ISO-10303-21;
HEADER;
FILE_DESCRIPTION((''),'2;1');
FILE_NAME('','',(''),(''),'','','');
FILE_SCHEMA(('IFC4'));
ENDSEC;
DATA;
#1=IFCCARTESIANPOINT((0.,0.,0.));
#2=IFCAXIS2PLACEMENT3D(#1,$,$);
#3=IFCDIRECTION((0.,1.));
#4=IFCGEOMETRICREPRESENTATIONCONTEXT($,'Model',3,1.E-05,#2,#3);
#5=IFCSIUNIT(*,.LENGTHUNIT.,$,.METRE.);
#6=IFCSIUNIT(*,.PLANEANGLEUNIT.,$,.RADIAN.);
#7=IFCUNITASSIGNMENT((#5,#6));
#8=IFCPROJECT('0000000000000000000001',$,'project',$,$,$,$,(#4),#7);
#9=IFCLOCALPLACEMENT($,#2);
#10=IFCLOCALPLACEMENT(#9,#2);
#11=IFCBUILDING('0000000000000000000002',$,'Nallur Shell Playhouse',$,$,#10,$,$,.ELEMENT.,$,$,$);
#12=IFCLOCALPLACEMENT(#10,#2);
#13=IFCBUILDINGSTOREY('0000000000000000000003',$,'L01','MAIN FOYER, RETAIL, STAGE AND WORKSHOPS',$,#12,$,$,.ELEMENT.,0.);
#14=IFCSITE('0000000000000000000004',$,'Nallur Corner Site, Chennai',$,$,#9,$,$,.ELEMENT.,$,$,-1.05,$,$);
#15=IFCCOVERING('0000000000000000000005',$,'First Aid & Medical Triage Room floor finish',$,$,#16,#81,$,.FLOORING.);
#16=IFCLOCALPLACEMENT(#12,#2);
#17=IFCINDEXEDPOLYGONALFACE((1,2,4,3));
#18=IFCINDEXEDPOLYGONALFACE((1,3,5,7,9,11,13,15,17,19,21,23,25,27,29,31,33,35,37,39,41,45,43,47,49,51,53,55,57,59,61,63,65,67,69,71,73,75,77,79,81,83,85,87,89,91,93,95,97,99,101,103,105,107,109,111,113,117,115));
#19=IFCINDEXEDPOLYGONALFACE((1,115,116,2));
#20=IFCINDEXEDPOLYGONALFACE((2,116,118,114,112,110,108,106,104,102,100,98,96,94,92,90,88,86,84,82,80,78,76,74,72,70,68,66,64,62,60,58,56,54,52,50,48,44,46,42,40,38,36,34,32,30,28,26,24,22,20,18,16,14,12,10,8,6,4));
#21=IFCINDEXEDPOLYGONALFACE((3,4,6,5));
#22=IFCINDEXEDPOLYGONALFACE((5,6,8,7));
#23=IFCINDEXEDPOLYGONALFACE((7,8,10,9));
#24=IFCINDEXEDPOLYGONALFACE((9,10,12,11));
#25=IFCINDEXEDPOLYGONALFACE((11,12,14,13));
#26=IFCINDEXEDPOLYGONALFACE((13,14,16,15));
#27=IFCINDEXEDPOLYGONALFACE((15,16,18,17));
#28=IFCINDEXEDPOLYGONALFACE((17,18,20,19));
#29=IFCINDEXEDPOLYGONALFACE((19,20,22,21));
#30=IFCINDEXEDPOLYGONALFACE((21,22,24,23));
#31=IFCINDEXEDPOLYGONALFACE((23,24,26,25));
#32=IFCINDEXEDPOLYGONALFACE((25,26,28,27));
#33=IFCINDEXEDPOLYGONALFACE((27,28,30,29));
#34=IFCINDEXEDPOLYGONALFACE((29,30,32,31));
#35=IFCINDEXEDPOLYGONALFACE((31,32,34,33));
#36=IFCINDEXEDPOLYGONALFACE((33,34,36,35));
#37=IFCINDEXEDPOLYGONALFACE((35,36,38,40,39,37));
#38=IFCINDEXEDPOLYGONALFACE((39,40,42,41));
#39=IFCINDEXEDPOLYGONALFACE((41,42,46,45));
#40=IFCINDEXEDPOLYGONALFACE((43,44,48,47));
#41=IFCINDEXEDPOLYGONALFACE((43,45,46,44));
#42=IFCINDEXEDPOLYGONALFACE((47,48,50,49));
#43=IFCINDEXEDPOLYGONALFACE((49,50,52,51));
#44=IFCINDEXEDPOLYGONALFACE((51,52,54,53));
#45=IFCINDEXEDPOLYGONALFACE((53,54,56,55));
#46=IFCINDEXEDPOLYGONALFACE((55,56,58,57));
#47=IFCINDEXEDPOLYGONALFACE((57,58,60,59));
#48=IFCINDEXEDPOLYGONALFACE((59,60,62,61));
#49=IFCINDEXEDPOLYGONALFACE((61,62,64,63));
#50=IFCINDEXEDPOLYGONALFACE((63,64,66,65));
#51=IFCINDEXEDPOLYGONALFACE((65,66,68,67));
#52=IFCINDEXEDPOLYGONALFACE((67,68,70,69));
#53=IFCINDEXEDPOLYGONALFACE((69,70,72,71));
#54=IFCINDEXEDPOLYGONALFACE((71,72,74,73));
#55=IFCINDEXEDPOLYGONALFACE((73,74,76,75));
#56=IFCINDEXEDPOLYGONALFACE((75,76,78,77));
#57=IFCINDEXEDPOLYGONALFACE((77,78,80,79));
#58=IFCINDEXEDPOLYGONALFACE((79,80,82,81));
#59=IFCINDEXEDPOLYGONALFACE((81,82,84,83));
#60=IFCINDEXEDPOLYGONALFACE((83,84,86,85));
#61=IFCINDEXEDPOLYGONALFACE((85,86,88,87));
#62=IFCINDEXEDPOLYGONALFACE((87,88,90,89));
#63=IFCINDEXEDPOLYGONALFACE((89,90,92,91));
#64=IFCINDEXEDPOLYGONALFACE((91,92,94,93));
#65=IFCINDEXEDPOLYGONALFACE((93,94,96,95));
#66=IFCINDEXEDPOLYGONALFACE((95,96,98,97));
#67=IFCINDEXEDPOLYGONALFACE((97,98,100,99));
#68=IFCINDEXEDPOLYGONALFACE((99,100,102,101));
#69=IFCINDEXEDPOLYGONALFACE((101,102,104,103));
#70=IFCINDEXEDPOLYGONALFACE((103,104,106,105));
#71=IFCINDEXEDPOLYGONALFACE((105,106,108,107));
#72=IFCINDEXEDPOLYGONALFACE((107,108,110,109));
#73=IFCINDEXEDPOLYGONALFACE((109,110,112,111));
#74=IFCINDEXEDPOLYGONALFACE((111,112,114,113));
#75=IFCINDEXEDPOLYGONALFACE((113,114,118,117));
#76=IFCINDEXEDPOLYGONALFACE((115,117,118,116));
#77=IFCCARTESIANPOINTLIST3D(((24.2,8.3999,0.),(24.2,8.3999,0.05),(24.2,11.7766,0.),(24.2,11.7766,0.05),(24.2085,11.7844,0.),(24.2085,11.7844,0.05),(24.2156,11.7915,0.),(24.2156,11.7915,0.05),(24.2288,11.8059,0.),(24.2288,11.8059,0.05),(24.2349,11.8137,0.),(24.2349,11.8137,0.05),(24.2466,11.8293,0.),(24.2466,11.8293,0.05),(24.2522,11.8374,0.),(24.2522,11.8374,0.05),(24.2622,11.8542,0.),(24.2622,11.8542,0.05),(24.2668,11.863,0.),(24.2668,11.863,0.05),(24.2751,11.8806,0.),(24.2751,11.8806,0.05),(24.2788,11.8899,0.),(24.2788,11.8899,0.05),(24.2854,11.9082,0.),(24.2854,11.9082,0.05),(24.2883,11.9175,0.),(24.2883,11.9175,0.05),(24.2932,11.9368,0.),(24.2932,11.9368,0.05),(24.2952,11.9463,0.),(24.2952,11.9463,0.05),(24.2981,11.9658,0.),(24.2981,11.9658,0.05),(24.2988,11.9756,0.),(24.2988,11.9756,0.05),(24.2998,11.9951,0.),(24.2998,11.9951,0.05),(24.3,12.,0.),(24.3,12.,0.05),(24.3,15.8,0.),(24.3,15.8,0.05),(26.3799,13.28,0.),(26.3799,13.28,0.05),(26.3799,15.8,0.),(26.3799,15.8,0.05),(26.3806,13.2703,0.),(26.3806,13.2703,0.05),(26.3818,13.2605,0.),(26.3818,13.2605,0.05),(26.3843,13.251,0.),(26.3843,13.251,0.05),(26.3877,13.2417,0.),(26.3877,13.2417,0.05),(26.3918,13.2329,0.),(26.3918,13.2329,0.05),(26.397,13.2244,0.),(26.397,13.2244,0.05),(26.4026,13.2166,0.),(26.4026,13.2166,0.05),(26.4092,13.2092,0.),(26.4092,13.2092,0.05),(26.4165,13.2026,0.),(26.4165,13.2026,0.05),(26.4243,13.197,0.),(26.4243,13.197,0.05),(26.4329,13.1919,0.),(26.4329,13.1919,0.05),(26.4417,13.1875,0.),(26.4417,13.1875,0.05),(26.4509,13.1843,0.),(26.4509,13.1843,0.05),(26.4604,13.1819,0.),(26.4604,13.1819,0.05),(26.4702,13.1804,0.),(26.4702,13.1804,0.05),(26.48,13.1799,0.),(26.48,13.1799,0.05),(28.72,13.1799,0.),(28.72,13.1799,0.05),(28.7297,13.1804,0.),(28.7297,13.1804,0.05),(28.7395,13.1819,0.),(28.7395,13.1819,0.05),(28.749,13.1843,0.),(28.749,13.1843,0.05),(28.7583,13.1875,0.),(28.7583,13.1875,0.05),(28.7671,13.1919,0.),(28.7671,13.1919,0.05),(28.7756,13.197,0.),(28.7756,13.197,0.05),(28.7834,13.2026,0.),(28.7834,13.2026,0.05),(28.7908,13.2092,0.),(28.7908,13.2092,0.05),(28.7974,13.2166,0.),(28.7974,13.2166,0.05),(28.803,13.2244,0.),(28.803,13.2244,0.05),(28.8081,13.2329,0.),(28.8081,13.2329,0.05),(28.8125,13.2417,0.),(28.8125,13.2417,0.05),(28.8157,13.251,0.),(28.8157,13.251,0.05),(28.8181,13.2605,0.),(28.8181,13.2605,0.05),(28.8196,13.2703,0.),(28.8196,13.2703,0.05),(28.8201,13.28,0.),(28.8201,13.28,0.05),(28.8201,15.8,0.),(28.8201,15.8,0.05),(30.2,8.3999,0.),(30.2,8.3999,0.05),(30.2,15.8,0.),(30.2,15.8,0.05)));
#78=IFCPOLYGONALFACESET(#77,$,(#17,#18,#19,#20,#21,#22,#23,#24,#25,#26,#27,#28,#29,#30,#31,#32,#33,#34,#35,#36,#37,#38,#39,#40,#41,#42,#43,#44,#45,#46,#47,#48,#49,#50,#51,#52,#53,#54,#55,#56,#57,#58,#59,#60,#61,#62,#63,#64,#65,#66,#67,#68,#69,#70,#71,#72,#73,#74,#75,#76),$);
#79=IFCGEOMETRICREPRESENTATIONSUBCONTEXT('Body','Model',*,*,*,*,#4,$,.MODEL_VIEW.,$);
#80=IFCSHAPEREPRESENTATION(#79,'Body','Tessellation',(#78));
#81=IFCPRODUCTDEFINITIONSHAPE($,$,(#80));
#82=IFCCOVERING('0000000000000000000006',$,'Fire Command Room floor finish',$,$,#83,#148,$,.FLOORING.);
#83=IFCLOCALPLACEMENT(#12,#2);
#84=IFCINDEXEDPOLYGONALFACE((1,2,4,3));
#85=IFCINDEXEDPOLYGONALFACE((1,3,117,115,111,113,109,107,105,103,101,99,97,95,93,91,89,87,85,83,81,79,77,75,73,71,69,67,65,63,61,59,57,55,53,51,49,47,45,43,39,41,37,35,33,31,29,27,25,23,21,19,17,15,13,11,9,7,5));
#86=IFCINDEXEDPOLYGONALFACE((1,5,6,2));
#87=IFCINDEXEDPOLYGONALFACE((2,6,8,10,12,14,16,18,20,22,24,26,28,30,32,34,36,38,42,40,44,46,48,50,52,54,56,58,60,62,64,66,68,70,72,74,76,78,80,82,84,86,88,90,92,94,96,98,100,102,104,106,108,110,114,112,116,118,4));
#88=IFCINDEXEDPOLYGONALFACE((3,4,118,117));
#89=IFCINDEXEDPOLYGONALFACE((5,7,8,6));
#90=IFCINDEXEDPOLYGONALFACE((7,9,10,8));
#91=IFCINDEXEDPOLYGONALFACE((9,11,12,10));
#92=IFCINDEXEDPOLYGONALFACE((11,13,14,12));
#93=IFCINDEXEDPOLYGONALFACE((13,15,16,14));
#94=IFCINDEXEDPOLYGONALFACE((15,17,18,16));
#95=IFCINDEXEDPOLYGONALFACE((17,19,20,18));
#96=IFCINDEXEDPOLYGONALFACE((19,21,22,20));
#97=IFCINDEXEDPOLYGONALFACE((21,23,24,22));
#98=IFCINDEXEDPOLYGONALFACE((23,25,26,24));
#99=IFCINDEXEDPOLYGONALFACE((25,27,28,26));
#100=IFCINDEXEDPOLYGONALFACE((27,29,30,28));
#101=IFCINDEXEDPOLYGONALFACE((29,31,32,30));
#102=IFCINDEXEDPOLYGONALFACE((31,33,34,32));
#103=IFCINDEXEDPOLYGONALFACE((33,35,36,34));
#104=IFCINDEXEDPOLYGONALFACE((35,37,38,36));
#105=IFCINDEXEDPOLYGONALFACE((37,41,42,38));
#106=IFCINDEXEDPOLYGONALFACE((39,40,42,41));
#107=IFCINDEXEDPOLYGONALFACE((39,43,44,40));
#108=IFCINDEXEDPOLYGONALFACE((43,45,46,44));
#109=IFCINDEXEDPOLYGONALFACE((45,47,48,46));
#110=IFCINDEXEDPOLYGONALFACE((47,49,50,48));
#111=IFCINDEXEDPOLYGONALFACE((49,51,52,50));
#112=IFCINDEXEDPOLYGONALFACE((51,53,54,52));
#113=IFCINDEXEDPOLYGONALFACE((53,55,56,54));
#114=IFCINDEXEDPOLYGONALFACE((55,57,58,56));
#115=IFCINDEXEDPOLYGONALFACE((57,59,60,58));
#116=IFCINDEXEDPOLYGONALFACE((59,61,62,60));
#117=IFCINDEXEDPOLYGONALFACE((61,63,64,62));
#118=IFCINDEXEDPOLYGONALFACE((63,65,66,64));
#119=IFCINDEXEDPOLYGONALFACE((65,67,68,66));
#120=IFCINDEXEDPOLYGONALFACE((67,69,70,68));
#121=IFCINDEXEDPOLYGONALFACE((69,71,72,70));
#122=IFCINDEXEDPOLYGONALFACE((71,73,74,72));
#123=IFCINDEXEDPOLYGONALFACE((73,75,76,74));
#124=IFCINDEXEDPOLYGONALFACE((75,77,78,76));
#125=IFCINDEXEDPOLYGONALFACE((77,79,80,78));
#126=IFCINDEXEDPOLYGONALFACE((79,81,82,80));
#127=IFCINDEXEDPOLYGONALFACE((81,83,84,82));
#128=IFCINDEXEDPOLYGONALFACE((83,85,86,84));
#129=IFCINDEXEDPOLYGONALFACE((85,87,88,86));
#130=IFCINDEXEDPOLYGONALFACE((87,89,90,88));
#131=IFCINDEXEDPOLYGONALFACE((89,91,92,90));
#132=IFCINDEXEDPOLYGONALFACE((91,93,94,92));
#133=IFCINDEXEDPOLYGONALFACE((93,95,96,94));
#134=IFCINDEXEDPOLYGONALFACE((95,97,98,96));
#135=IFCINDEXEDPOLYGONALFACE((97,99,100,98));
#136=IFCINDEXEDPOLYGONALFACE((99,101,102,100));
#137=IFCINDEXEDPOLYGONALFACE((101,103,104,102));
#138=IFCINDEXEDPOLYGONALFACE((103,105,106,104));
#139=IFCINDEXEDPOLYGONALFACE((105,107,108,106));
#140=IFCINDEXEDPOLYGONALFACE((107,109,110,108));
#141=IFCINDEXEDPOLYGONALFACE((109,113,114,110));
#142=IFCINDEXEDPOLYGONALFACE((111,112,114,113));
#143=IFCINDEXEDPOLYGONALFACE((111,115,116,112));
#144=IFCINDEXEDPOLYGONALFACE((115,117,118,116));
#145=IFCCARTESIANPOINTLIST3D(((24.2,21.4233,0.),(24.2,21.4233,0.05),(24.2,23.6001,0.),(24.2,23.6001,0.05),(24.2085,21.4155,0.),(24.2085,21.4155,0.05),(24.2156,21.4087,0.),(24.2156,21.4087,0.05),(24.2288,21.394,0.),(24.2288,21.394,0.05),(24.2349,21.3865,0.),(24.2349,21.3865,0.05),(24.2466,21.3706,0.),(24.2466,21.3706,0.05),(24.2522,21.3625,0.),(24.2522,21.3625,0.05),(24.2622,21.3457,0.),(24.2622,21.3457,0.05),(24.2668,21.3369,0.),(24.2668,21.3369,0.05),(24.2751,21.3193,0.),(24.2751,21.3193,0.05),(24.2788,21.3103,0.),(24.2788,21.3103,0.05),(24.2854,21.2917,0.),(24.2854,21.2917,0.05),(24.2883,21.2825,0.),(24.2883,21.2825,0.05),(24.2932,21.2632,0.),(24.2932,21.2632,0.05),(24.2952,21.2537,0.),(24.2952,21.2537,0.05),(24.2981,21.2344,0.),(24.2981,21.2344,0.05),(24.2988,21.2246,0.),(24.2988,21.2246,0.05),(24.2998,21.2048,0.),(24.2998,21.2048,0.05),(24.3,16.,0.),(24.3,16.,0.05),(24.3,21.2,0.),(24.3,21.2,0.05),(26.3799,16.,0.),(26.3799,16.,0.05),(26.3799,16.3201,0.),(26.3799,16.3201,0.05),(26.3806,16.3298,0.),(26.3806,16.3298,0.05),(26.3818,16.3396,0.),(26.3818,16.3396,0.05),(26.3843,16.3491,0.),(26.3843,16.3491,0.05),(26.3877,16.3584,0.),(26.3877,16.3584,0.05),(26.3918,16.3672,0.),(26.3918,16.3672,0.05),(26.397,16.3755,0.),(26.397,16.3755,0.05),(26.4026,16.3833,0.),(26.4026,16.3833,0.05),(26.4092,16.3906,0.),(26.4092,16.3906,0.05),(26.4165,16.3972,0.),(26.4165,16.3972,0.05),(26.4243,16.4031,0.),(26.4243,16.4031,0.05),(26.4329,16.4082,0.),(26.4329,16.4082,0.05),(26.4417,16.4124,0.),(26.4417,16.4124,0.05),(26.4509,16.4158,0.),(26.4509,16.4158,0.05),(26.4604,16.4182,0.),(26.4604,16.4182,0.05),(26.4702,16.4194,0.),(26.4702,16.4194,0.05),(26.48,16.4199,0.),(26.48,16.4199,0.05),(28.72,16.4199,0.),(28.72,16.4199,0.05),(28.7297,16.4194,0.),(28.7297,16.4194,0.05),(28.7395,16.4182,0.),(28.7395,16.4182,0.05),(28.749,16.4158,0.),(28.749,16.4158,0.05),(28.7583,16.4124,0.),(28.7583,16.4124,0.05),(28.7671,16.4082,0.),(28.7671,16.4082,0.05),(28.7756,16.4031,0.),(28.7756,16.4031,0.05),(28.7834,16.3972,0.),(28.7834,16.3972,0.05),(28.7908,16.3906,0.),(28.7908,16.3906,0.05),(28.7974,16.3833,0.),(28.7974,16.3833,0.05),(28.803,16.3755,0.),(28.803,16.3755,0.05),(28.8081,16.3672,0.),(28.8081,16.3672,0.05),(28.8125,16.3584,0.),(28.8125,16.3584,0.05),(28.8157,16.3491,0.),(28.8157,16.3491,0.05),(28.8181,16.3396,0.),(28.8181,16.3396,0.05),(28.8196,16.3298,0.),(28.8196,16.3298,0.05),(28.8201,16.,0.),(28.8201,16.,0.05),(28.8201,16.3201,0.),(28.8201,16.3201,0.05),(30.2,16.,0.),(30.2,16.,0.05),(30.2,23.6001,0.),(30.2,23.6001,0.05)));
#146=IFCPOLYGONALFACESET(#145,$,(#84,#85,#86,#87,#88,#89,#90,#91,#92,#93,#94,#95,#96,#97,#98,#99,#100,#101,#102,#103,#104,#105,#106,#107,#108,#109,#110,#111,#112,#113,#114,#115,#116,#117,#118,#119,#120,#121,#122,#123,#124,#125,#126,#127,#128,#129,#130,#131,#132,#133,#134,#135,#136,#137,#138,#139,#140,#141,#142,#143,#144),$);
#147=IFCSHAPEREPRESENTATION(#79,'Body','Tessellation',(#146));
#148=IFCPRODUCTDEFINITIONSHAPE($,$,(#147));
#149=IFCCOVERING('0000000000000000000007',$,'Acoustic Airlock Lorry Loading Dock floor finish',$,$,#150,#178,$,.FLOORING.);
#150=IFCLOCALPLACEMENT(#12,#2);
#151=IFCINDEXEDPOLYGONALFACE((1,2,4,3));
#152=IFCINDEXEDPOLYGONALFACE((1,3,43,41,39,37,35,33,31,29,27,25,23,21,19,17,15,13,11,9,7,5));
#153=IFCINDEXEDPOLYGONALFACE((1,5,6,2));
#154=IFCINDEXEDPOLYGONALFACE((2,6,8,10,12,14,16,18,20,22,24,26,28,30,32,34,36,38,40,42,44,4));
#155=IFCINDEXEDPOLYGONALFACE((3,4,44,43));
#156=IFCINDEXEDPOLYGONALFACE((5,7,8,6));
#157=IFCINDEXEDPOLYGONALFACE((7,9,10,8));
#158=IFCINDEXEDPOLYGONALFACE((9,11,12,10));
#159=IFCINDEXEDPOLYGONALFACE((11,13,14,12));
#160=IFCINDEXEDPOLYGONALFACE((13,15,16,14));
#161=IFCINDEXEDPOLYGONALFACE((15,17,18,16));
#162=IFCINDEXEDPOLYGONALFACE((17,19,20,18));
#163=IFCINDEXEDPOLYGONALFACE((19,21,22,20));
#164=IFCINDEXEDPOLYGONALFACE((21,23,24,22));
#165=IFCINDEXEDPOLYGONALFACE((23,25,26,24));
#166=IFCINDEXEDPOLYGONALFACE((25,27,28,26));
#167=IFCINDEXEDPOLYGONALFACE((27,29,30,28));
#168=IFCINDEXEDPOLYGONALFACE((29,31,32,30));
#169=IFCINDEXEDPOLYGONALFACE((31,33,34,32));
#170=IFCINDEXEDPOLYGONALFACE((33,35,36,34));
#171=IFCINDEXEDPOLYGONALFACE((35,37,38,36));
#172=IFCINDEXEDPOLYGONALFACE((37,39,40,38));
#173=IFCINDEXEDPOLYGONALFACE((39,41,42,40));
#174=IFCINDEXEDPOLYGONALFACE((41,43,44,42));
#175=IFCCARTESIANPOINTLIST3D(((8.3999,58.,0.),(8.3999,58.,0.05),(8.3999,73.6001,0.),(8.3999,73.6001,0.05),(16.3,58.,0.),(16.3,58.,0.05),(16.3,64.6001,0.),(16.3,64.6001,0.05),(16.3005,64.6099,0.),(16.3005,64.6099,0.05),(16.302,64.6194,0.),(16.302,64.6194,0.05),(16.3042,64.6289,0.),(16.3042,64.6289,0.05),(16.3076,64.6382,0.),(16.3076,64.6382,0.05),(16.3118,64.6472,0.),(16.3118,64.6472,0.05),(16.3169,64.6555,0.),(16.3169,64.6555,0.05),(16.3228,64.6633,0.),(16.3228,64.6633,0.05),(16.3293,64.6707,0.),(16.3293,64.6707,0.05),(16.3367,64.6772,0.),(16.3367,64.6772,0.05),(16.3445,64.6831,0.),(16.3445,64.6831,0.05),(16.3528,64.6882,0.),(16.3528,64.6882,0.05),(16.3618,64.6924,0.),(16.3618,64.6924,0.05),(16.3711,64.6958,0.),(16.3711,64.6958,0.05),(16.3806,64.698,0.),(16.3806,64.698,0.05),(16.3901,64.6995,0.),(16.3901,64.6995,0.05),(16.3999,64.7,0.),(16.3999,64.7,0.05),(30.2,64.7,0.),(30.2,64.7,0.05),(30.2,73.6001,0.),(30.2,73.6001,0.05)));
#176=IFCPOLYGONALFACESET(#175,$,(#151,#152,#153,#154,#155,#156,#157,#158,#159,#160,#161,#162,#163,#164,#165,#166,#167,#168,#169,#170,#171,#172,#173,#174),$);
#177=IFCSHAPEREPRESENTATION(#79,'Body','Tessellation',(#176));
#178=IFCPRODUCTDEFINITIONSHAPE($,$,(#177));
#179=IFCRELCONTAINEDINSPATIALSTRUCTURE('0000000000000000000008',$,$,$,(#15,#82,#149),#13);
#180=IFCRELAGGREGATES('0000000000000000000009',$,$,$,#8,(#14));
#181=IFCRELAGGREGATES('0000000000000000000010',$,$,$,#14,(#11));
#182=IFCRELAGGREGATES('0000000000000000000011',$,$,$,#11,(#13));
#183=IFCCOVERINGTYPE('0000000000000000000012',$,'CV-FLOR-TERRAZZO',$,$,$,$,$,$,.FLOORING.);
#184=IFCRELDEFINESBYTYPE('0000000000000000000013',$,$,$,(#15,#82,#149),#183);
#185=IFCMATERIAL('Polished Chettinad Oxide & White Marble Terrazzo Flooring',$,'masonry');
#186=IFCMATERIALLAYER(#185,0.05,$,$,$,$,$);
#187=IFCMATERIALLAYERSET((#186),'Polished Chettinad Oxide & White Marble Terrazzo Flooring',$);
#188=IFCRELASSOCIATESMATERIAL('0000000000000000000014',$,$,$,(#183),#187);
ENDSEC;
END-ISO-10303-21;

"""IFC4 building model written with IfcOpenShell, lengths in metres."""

from ifc_helpers import new_model, si_unit, direction, origin, place, context, subcontext, project, spatial, polyline, outline, extrude, material, layer, layer_set, type_object, element, save


model = new_model("IFC4")

# Units and contexts
model_context = context("Model", 3, precision=1e-05, world=origin(), true_north=direction((0.0, 1.0)))
body_context = subcontext(model_context, "Body", "Model", "MODEL_VIEW")
ifc_project = project(units=[si_unit("LENGTHUNIT", "METRE"), si_unit("PLANEANGLEUNIT", "RADIAN")], contexts=[model_context])

# Site, building, storey
site_placement = place(None, origin())
site = spatial("IfcSite", under=ifc_project, at=site_placement, Name="Nallur Corner Site, Chennai", CompositionType="ELEMENT", RefElevation=-1.05)
building_placement = place(site_placement, origin())
building = spatial("IfcBuilding", under=site, at=building_placement, Name="Nallur Shell Playhouse", CompositionType="ELEMENT")
storey_placement = place(building_placement, origin())
storey = spatial("IfcBuildingStorey", under=building, at=storey_placement, Name="L01", Description="MAIN FOYER, RETAIL, STAGE AND WORKSHOPS", CompositionType="ELEMENT", Elevation=0.0)

# Coverings
ifc_material_1 = material(Name="Polished Chettinad Oxide & White Marble Terrazzo Flooring", Category="masonry")
ifc_layer_1 = layer(ifc_material_1, 0.05)
ifc_layer_set_1 = layer_set([ifc_layer_1], Name="Polished Chettinad Oxide & White Marble Terrazzo Flooring")
covering_type_1 = type_object("IfcCoveringType", Name="CV-FLOR-TERRAZZO", PredefinedType="FLOORING", material=ifc_layer_set_1)
covering_1_placement = place(storey_placement, origin())
element("IfcCovering", 1, at=covering_1_placement, inside=storey, type_object=covering_type_1, Name="First Aid & Medical Triage Room floor finish", PredefinedType="FLOORING", context=body_context, shape_type="SweptSolid", body=[
    extrude(outline(polyline([(24.2622, 11.8542), (24.2668, 11.863), (24.2751, 11.8806), (24.2788, 11.8899), (24.2854, 11.9082), (24.2883, 11.9175), (24.2932, 11.9368), (24.2952, 11.9463), (24.2981, 11.9658), (24.2988, 11.9756), (24.2998, 11.9951), (24.3, 12.0), (24.3, 15.8), (26.3799, 15.8), (26.3799, 13.28), (26.3806, 13.2703), (26.3818, 13.2605), (26.3843, 13.251), (26.3877, 13.2417), (26.3918, 13.2329), (26.397, 13.2244), (26.4026, 13.2166), (26.4092, 13.2092), (26.4165, 13.2026), (26.4243, 13.197), (26.4329, 13.1919), (26.4417, 13.1875), (26.4509, 13.1843), (26.4604, 13.1819), (26.4702, 13.1804), (26.48, 13.1799), (28.72, 13.1799), (28.7297, 13.1804), (28.7395, 13.1819), (28.749, 13.1843), (28.7583, 13.1875), (28.7671, 13.1919), (28.7756, 13.197), (28.7834, 13.2026), (28.7908, 13.2092), (28.7974, 13.2166), (28.803, 13.2244), (28.8081, 13.2329), (28.8125, 13.2417), (28.8157, 13.251), (28.8181, 13.2605), (28.8196, 13.2703), (28.8201, 13.28), (28.8201, 15.8), (30.2, 15.8), (30.2, 8.3999), (24.2, 8.3999), (24.2, 11.7766), (24.2085, 11.7844), (24.2156, 11.7915), (24.2288, 11.8059), (24.2349, 11.8137), (24.2466, 11.8293), (24.2522, 11.8374), (24.2622, 11.8542)])), origin(), (0.0, 0.0, 1.0), 0.05),
])
covering_2_placement = place(storey_placement, origin())
element("IfcCovering", 2, at=covering_2_placement, inside=storey, type_object=covering_type_1, Name="Fire Command Room floor finish", PredefinedType="FLOORING", context=body_context, shape_type="SweptSolid", body=[
    extrude(outline(polyline([(28.8081, 16.3672), (28.803, 16.3755), (28.7974, 16.3833), (28.7908, 16.3906), (28.7834, 16.3972), (28.7756, 16.4031), (28.7671, 16.4082), (28.7583, 16.4124), (28.749, 16.4158), (28.7395, 16.4182), (28.7297, 16.4194), (28.72, 16.4199), (26.48, 16.4199), (26.4702, 16.4194), (26.4604, 16.4182), (26.4509, 16.4158), (26.4417, 16.4124), (26.4329, 16.4082), (26.4243, 16.4031), (26.4165, 16.3972), (26.4092, 16.3906), (26.4026, 16.3833), (26.397, 16.3755), (26.3918, 16.3672), (26.3877, 16.3584), (26.3843, 16.3491), (26.3818, 16.3396), (26.3806, 16.3298), (26.3799, 16.3201), (26.3799, 16.0), (24.3, 16.0), (24.3, 21.2), (24.2998, 21.2048), (24.2988, 21.2246), (24.2981, 21.2344), (24.2952, 21.2537), (24.2932, 21.2632), (24.2883, 21.2825), (24.2854, 21.2917), (24.2788, 21.3103), (24.2751, 21.3193), (24.2668, 21.3369), (24.2622, 21.3457), (24.2522, 21.3625), (24.2466, 21.3706), (24.2349, 21.3865), (24.2288, 21.394), (24.2156, 21.4087), (24.2085, 21.4155), (24.2, 21.4233), (24.2, 23.6001), (30.2, 23.6001), (30.2, 16.0), (28.8201, 16.0), (28.8201, 16.3201), (28.8196, 16.3298), (28.8181, 16.3396), (28.8157, 16.3491), (28.8125, 16.3584), (28.8081, 16.3672)])), origin(), (0.0, 0.0, 1.0), 0.05),
])
covering_3_placement = place(storey_placement, origin())
element("IfcCovering", 3, at=covering_3_placement, inside=storey, type_object=covering_type_1, Name="Acoustic Airlock Lorry Loading Dock floor finish", PredefinedType="FLOORING", context=body_context, shape_type="SweptSolid", body=[
    extrude(outline(polyline([(16.3445, 64.6831), (16.3367, 64.6772), (16.3293, 64.6707), (16.3228, 64.6633), (16.3169, 64.6555), (16.3118, 64.6472), (16.3076, 64.6382), (16.3042, 64.6289), (16.302, 64.6194), (16.3005, 64.6099), (16.3, 64.6001), (16.3, 58.0), (8.3999, 58.0), (8.3999, 73.6001), (30.2, 73.6001), (30.2, 64.7), (16.3999, 64.7), (16.3901, 64.6995), (16.3806, 64.698), (16.3711, 64.6958), (16.3618, 64.6924), (16.3528, 64.6882), (16.3445, 64.6831)])), origin(), (0.0, 0.0, 1.0), 0.05),
])

save(model, "model.ifc")
